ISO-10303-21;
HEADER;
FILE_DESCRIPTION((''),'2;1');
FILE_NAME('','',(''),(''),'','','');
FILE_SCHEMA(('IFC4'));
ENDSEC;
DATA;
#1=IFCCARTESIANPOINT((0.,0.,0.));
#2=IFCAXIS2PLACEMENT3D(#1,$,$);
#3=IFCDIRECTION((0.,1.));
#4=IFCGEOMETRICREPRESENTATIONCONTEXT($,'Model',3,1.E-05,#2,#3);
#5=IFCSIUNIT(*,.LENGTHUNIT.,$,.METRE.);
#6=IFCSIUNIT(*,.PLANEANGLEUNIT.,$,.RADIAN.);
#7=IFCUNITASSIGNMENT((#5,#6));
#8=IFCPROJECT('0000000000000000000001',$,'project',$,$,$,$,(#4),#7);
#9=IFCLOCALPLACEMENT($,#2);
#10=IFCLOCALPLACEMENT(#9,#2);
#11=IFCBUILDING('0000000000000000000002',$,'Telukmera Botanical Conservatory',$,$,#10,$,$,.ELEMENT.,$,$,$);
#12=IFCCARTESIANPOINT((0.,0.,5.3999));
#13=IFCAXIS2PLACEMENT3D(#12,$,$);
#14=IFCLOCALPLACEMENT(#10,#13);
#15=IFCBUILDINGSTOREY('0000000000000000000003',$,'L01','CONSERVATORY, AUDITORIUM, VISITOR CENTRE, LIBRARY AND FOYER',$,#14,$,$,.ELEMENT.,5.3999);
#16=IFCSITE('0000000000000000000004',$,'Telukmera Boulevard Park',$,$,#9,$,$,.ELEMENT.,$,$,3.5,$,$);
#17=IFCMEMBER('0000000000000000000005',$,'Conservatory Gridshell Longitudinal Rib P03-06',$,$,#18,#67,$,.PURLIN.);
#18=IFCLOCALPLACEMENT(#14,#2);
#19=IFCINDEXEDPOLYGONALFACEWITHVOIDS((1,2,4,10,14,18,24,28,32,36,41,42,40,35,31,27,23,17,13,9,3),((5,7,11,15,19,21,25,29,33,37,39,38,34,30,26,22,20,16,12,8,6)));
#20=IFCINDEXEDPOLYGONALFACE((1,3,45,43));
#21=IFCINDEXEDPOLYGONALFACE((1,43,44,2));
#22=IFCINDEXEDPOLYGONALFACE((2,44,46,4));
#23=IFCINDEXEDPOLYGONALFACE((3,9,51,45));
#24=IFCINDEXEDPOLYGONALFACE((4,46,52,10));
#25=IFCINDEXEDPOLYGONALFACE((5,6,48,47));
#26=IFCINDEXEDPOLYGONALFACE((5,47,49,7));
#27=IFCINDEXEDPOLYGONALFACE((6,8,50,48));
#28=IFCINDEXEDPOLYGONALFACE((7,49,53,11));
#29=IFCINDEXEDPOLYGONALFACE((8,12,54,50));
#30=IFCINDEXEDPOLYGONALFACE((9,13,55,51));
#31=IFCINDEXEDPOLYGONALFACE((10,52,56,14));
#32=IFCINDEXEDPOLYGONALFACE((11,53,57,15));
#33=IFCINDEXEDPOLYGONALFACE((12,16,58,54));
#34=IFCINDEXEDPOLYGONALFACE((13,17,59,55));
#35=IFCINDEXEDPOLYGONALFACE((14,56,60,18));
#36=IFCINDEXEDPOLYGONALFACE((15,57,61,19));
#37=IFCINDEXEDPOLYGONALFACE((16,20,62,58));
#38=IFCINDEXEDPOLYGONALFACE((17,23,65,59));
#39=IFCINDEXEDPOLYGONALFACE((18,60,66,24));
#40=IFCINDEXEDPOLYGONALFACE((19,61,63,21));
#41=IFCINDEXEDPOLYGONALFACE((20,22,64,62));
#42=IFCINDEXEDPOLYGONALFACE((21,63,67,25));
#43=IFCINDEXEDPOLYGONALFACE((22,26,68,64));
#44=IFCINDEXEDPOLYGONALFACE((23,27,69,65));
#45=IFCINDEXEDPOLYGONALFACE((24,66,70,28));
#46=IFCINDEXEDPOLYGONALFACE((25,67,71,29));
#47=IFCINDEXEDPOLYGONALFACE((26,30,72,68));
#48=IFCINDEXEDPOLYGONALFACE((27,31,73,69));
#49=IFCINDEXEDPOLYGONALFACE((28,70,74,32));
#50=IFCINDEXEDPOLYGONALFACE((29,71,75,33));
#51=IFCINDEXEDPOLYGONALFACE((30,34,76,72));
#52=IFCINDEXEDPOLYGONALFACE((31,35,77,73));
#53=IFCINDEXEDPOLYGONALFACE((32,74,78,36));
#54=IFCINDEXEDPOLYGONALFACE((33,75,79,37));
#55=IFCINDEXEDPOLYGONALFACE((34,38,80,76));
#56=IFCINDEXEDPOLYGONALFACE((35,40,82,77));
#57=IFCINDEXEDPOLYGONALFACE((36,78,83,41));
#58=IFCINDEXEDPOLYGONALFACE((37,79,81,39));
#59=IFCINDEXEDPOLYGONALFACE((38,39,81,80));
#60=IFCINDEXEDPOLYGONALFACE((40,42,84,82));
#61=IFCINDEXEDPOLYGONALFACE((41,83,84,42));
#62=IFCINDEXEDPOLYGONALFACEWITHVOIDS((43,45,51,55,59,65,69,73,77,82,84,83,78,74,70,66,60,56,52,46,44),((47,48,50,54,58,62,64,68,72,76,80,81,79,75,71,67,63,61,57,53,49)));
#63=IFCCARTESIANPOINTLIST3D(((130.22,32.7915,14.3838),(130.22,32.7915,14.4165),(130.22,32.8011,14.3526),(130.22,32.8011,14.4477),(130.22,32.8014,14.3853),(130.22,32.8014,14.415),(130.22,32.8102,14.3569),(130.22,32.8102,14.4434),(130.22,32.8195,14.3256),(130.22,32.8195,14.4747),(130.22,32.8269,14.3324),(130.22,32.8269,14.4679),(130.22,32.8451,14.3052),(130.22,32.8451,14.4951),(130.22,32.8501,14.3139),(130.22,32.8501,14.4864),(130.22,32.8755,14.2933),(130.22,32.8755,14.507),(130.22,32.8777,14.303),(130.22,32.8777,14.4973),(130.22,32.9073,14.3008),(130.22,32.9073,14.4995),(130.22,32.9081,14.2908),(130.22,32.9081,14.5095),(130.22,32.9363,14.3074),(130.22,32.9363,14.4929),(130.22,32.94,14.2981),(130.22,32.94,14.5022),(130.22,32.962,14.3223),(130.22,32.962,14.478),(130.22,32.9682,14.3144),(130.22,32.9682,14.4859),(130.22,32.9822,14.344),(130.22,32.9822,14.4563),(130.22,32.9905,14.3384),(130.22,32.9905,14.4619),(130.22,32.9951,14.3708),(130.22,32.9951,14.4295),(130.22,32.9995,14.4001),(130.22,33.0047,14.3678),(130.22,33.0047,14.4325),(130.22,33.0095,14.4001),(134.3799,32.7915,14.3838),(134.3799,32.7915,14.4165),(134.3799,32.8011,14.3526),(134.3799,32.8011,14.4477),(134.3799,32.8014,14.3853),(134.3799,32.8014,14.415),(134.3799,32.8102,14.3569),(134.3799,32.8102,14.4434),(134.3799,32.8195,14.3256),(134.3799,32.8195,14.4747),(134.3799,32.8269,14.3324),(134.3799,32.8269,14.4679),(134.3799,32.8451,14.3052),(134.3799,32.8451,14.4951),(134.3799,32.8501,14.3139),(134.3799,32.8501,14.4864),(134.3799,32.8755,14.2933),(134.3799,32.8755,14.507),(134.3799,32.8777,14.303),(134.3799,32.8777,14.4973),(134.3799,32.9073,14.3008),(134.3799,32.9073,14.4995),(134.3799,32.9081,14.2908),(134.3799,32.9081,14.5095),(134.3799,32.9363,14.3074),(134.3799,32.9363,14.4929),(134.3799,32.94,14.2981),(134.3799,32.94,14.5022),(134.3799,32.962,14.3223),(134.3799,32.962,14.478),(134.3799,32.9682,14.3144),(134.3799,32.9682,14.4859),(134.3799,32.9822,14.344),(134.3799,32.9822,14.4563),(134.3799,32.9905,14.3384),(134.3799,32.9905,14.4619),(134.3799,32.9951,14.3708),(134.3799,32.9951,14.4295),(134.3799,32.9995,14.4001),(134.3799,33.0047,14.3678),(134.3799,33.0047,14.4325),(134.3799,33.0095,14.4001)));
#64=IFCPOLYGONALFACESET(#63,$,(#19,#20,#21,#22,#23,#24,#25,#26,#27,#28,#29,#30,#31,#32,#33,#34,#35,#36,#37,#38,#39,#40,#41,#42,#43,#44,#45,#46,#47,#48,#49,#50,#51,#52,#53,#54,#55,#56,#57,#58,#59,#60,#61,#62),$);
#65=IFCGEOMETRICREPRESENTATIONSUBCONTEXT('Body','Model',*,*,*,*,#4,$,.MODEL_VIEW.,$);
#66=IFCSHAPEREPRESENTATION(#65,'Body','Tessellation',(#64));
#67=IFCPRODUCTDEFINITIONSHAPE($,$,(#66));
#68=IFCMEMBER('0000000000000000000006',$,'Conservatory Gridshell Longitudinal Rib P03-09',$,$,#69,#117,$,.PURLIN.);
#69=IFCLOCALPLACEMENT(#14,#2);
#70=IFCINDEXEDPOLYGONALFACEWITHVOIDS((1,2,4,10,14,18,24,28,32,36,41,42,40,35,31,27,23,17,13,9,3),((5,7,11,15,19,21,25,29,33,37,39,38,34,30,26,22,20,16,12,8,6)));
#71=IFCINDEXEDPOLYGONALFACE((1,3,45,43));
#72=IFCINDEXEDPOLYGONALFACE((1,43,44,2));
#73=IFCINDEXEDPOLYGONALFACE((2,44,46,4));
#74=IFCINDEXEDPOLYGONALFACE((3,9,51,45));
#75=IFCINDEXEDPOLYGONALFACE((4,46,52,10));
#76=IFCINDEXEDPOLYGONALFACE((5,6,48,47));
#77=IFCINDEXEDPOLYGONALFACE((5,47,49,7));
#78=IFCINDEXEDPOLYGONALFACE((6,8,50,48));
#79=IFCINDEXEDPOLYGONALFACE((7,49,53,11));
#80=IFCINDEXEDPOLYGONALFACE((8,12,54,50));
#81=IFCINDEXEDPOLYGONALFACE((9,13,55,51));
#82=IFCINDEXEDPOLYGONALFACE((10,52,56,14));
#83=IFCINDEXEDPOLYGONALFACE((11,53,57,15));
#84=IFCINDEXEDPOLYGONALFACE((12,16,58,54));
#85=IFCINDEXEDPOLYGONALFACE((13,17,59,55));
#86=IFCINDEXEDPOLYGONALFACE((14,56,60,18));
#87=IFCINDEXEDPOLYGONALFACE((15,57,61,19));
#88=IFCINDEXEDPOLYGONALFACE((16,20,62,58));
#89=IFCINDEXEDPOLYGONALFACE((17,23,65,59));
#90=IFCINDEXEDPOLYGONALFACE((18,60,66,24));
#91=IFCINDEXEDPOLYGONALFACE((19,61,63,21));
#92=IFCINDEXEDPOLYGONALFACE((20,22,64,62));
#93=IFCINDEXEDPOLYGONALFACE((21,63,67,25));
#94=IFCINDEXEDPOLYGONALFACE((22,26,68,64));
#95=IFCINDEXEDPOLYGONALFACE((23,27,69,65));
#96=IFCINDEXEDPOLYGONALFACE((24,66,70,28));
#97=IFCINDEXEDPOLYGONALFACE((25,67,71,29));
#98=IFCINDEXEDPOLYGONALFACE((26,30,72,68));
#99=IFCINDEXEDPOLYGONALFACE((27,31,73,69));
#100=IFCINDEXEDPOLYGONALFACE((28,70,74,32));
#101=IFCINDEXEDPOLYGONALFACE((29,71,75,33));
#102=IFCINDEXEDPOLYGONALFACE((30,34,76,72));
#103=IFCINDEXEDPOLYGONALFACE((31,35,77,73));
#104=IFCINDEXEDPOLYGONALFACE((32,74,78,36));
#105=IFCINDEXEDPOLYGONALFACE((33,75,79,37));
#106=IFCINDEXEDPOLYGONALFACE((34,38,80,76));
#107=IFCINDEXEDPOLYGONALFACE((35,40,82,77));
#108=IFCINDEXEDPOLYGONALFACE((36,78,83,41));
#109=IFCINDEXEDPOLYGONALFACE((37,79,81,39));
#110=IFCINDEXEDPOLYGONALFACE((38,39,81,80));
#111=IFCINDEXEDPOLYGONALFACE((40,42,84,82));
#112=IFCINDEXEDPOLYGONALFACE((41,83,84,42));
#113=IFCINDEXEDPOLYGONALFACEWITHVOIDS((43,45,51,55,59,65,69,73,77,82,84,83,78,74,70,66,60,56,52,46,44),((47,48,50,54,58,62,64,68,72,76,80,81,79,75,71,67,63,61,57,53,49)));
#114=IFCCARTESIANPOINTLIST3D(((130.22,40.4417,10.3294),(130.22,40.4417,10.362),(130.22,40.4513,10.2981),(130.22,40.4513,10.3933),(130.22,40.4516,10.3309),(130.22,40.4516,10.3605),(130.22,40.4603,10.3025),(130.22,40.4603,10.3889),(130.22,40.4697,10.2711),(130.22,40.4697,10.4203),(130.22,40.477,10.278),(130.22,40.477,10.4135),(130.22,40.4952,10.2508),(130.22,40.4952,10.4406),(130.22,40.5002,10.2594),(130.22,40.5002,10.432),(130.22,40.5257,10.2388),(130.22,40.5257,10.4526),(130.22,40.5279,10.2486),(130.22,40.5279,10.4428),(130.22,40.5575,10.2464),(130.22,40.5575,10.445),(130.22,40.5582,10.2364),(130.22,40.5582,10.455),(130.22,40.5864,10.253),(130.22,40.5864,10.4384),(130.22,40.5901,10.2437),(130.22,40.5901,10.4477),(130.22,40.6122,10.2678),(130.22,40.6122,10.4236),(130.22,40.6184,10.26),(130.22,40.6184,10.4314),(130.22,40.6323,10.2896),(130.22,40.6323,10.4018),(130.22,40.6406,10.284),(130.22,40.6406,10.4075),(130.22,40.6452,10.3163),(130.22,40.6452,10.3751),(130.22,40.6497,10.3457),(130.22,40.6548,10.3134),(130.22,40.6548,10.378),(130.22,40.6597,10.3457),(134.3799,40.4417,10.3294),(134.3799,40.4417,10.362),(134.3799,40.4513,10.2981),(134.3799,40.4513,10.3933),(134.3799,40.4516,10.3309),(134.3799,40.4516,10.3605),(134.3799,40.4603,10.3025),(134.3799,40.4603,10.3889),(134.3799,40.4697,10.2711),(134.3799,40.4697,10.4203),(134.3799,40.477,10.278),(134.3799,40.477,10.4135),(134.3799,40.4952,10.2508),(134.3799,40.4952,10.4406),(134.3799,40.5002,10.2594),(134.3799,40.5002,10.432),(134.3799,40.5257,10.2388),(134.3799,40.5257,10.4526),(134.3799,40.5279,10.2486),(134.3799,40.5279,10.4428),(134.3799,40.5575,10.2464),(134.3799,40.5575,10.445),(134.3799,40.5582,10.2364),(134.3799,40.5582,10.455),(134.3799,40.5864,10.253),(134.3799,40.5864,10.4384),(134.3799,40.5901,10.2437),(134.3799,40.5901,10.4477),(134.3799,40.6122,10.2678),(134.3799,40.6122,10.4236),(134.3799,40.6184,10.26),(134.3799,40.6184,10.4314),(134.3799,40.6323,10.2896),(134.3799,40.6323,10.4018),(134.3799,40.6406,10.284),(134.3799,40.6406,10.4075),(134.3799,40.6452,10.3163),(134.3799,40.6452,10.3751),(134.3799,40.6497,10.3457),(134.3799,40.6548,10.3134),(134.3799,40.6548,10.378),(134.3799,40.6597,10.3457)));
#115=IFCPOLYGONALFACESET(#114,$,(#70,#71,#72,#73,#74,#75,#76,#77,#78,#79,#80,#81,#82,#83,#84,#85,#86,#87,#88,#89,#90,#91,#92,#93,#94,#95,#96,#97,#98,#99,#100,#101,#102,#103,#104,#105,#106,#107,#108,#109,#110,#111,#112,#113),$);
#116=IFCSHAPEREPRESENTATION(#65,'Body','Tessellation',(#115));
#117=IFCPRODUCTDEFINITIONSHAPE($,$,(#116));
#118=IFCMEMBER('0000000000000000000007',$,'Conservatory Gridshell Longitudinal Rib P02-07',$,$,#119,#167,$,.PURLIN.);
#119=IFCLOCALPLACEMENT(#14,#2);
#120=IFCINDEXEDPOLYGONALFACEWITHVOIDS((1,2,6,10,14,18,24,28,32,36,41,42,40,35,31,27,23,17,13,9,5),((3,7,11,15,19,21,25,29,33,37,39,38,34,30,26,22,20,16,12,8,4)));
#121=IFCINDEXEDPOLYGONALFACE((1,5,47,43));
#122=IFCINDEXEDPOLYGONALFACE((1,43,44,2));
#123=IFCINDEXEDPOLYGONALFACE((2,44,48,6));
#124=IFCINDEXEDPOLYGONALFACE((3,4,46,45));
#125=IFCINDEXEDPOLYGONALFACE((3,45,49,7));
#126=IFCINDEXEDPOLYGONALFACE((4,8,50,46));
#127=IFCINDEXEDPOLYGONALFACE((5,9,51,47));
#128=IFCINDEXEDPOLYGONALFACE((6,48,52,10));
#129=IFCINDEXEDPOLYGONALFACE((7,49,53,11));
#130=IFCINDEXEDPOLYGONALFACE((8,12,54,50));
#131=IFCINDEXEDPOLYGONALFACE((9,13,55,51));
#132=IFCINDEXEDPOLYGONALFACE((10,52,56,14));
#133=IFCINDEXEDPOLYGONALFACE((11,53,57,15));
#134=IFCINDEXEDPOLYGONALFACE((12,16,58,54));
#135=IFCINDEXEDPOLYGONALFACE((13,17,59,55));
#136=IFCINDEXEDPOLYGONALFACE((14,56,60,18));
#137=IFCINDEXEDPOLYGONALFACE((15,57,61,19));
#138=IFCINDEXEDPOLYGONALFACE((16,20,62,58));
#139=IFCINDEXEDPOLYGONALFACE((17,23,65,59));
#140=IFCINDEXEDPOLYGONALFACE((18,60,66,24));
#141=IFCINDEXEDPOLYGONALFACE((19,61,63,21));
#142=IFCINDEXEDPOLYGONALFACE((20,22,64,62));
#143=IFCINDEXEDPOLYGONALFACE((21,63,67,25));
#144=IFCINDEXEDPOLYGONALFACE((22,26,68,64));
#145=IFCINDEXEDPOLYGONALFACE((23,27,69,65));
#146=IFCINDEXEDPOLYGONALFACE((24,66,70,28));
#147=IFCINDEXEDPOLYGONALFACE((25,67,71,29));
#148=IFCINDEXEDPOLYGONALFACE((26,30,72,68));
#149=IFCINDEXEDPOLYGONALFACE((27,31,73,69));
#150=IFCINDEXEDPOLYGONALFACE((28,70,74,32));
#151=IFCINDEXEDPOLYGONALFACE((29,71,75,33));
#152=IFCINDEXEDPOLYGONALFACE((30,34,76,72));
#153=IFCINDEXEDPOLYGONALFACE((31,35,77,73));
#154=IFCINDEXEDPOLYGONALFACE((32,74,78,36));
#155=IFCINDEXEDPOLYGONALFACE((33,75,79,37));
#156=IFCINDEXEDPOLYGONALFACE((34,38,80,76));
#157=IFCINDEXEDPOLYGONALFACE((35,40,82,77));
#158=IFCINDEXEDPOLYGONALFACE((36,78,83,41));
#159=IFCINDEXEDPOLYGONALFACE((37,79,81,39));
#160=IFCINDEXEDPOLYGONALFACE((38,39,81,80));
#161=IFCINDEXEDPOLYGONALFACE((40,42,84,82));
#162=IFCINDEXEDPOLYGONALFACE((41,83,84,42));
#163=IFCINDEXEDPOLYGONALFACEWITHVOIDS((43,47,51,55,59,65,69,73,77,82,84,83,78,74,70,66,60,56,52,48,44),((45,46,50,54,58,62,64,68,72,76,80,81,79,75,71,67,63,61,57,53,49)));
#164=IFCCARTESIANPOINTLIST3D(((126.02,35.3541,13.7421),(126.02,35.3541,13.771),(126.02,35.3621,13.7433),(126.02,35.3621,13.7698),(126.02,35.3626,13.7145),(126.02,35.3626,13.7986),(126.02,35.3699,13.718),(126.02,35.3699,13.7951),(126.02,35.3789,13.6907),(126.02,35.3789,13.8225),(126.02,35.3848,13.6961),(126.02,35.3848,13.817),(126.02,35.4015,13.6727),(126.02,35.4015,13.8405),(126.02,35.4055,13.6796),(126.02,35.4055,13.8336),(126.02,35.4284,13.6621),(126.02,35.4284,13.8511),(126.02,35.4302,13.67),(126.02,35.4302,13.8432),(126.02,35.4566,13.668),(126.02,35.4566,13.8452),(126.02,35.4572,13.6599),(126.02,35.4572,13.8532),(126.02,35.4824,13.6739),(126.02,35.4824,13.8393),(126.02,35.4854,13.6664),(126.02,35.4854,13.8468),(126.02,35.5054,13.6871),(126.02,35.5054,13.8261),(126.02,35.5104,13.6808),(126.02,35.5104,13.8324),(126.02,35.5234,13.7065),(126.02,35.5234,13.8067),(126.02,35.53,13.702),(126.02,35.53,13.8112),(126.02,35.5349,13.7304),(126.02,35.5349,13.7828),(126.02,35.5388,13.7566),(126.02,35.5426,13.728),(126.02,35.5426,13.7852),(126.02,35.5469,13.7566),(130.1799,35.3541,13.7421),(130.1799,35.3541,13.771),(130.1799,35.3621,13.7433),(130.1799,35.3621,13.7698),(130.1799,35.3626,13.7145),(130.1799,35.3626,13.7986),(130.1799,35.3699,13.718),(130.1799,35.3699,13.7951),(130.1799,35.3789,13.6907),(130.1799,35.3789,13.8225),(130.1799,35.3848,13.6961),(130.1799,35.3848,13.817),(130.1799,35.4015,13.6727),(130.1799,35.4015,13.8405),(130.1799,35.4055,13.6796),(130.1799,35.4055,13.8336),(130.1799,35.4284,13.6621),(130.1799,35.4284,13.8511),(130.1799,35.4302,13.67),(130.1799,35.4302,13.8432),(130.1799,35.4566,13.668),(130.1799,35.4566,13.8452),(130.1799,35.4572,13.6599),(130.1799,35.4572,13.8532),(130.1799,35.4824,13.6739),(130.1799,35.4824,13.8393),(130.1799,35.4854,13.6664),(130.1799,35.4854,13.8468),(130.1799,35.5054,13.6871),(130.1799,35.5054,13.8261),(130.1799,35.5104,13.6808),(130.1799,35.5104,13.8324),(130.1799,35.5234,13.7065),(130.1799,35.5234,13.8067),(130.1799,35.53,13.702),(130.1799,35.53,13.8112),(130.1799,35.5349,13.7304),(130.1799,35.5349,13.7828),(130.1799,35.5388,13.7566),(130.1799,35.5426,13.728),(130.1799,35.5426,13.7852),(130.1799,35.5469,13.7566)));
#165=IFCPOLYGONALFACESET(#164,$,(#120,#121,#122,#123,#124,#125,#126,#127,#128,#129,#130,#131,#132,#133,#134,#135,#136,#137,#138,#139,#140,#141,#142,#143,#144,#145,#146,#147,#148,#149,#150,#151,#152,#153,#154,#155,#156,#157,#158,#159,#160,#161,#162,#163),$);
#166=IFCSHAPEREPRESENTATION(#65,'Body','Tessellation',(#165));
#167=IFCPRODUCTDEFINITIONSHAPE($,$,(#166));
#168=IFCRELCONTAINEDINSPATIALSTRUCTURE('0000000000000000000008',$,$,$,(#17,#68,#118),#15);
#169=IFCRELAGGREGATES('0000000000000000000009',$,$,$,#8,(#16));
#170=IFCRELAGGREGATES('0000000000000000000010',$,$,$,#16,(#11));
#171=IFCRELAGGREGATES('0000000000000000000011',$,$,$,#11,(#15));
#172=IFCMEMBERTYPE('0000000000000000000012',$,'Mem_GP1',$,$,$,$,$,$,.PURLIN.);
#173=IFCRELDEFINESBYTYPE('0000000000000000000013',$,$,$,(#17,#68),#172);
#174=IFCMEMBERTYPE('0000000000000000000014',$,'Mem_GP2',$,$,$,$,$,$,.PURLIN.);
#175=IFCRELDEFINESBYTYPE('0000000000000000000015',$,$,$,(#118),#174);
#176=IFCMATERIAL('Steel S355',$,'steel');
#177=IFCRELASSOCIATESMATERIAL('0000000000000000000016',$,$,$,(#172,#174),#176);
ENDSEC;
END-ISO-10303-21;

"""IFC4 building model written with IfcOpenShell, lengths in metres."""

from ifc_helpers import new_model, si_unit, direction, frame, origin, origin_2d, place, context, subcontext, project, spatial, hollow_circle, extrude, material, material_profile, profile_set, type_object, element, save


model = new_model("IFC4")

# Units and contexts
model_context = context("Model", 3, precision=1e-05, world=origin(), true_north=direction((0.0, 1.0)))
body_context = subcontext(model_context, "Body", "Model", "MODEL_VIEW")
ifc_project = project(units=[si_unit("LENGTHUNIT", "METRE"), si_unit("PLANEANGLEUNIT", "RADIAN")], contexts=[model_context])

# Site, building, storey
site_placement = place(None, origin())
site = spatial("IfcSite", under=ifc_project, at=site_placement, Name="Telukmera Boulevard Park", CompositionType="ELEMENT", RefElevation=3.5)
building_placement = place(site_placement, origin())
building = spatial("IfcBuilding", under=site, at=building_placement, Name="Telukmera Botanical Conservatory", CompositionType="ELEMENT")
storey_placement = place(building_placement, frame((0.0, 0.0, 5.3999)))
storey = spatial("IfcBuildingStorey", under=building, at=storey_placement, Name="L01", Description="CONSERVATORY, AUDITORIUM, VISITOR CENTRE, LIBRARY AND FOYER", CompositionType="ELEMENT", Elevation=5.3999)

# Shared definitions
ifc_material_1 = material(Name="Steel S355", Category="steel")

# Members
ifc_material_profile_1 = material_profile(ifc_material_1, hollow_circle(Radius=0.1096, WallThickness=0.01, at=origin_2d()), Name="CHS 219.1x10.0")
ifc_profile_set_1 = profile_set([ifc_material_profile_1], Name="Steel S355")
member_type_1 = type_object("IfcMemberType", Name="Mem_GP1", PredefinedType="PURLIN", material=ifc_profile_set_1)
for number, where, z_axis, x_axis, name in (
    (1, (130.22, 32.8999, 14.4001), (1.0, 0.0, 0.0), (0.0, 1.0, 0.0), "Conservatory Gridshell Longitudinal Rib P03-06"),
    (2, (130.22, 40.55, 10.3457), (1.0, 0.0, 0.0), (0.0, 1.0, 0.0), "Conservatory Gridshell Longitudinal Rib P03-09"),
):
    element("IfcMember", number, at=place(storey_placement, frame(where, z_axis=z_axis, x_axis=x_axis)), inside=storey, type_object=member_type_1, Name=name, PredefinedType="PURLIN", context=body_context, shape_type="SweptSolid", body=[
        extrude(hollow_circle(Radius=0.1096, WallThickness=0.01, at=origin_2d()), origin(), (0.0, 0.0, 1.0), 4.1599),
    ])
ifc_material_profile_2 = material_profile(ifc_material_1, hollow_circle(Radius=0.0969, WallThickness=0.0081, at=origin_2d()), Name="CHS 193.7x8.0")
ifc_profile_set_2 = profile_set([ifc_material_profile_2], Name="Steel S355")
member_type_2 = type_object("IfcMemberType", Name="Mem_GP2", PredefinedType="PURLIN", material=ifc_profile_set_2)
for number, where, z_axis, x_axis, name in (
    (3, (126.02, 35.45, 13.7566), (1.0, 0.0, 0.0), (0.0, 1.0, 0.0), "Conservatory Gridshell Longitudinal Rib P02-07"),
):
    element("IfcMember", number, at=place(storey_placement, frame(where, z_axis=z_axis, x_axis=x_axis)), inside=storey, type_object=member_type_2, Name=name, PredefinedType="PURLIN", context=body_context, shape_type="SweptSolid", body=[
        extrude(hollow_circle(Radius=0.0969, WallThickness=0.0081, at=origin_2d()), origin(), (0.0, 0.0, 1.0), 4.1599),
    ])

save(model, "model.ifc")
